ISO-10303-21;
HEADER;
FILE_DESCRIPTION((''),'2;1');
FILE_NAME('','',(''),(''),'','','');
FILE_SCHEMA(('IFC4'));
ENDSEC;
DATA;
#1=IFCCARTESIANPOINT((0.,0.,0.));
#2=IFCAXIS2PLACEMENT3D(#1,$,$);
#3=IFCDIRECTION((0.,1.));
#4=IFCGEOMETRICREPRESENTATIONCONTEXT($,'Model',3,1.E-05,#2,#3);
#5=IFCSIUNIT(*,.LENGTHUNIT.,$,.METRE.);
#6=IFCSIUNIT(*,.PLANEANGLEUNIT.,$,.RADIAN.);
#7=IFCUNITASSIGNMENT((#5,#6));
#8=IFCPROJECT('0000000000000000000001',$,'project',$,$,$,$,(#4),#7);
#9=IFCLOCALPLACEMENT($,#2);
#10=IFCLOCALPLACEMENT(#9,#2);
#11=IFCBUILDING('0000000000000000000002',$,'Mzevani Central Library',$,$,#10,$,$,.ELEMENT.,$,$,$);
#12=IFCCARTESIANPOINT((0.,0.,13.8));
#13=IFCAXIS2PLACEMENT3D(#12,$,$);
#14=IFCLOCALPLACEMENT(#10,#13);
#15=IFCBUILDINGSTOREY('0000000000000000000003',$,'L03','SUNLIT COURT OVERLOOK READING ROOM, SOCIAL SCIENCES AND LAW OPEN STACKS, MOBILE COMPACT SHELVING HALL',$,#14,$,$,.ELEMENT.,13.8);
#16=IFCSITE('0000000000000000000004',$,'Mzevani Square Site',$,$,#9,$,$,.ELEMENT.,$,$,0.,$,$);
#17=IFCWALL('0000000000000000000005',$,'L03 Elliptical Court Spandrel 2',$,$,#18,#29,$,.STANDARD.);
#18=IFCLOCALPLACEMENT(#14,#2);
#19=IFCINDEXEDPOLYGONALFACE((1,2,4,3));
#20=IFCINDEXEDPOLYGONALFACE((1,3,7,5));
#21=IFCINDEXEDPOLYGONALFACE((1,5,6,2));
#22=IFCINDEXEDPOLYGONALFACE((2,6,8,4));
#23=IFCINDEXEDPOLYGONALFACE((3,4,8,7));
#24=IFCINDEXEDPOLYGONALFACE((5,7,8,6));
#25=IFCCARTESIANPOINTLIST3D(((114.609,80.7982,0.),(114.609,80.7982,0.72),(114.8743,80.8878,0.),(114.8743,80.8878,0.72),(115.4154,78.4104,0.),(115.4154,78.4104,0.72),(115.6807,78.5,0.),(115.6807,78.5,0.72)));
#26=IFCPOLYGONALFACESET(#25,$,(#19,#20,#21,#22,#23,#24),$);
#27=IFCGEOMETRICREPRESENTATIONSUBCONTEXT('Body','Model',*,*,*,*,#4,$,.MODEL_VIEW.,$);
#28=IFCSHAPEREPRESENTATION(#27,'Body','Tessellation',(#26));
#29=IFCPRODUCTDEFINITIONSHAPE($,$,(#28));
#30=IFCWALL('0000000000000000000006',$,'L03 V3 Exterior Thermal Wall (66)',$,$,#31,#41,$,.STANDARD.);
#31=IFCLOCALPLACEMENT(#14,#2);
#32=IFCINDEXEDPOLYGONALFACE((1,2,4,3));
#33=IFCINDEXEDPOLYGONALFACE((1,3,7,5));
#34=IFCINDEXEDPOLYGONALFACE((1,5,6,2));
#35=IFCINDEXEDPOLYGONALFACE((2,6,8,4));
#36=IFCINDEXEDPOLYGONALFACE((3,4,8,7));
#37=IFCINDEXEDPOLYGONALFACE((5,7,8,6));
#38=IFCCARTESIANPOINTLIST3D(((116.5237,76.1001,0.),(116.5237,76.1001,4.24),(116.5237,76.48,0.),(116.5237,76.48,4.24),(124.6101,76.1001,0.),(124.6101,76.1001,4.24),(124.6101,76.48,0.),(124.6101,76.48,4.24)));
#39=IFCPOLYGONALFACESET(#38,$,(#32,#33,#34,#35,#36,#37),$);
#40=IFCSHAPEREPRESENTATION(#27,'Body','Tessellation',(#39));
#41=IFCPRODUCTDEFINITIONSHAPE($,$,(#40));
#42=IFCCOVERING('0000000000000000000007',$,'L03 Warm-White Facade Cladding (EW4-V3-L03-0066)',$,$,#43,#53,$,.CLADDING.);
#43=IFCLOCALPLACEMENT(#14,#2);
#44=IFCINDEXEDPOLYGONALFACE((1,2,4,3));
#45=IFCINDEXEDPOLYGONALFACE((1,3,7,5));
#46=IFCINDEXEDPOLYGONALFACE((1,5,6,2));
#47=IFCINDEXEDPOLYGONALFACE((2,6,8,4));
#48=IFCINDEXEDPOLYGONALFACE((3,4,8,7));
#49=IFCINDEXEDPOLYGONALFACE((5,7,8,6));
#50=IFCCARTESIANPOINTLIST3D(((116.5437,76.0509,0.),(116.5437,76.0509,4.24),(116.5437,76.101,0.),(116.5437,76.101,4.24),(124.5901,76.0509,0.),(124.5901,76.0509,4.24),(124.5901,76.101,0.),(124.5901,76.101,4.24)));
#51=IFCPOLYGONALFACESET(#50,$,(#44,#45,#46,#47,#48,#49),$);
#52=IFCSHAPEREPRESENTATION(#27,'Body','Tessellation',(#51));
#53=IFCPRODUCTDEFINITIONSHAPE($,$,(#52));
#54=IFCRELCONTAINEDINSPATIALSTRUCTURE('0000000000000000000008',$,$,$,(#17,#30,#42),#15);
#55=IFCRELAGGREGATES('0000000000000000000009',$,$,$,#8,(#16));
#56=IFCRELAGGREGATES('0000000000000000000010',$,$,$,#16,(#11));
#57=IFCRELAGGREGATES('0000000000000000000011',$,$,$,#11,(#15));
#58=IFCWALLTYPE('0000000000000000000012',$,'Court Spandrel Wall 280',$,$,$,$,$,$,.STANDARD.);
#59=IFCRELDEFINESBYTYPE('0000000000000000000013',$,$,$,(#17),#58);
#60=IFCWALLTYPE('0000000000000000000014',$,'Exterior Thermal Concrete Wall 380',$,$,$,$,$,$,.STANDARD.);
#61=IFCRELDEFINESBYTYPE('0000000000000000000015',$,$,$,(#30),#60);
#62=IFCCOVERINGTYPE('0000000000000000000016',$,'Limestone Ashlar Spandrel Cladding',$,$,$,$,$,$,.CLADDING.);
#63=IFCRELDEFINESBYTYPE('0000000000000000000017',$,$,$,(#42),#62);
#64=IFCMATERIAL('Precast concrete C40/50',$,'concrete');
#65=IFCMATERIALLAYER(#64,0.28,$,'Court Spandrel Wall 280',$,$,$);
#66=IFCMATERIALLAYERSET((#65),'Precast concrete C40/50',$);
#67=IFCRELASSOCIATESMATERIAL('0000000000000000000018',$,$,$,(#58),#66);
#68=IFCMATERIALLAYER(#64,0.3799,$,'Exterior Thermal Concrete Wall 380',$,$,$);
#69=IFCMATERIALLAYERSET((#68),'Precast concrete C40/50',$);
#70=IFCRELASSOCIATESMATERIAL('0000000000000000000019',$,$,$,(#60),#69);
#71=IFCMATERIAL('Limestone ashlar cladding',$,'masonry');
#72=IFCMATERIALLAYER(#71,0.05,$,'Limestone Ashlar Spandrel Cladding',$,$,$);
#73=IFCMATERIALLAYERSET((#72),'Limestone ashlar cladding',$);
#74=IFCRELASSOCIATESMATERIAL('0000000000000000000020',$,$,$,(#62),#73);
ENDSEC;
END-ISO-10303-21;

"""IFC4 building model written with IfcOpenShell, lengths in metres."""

from ifc_helpers import new_model, si_unit, direction, frame, frame_2d, origin, origin_2d, place, context, subcontext, project, spatial, rectangle, extrude, material, layer, layer_set, type_object, element, save


model = new_model("IFC4")

# Units and contexts
model_context = context("Model", 3, precision=1e-05, world=origin(), true_north=direction((0.0, 1.0)))
body_context = subcontext(model_context, "Body", "Model", "MODEL_VIEW")
ifc_project = project(units=[si_unit("LENGTHUNIT", "METRE"), si_unit("PLANEANGLEUNIT", "RADIAN")], contexts=[model_context])

# Site, building, storey
site_placement = place(None, origin())
site = spatial("IfcSite", under=ifc_project, at=site_placement, Name="Mzevani Square Site", CompositionType="ELEMENT", RefElevation=0.0)
building_placement = place(site_placement, origin())
building = spatial("IfcBuilding", under=site, at=building_placement, Name="Mzevani Central Library", CompositionType="ELEMENT")
storey_placement = place(building_placement, frame((0.0, 0.0, 13.8)))
storey = spatial("IfcBuildingStorey", under=building, at=storey_placement, Name="L03", Description="SUNLIT COURT OVERLOOK READING ROOM, SOCIAL SCIENCES AND LAW OPEN STACKS, MOBILE COMPACT SHELVING HALL", CompositionType="ELEMENT", Elevation=13.8)

# Walls
ifc_material_1 = material(Name="Precast concrete C40/50", Category="concrete")
ifc_layer_1 = layer(ifc_material_1, 0.28, Name="Court Spandrel Wall 280")
ifc_layer_set_1 = layer_set([ifc_layer_1], Name="Precast concrete C40/50")
wall_type_1 = type_object("IfcWallType", Name="Court Spandrel Wall 280", PredefinedType="STANDARD", material=ifc_layer_set_1)
wall_1_placement = place(storey_placement, frame((115.5481, 78.4551, 0.0), z_axis=(0.0, 0.0, 1.0), x_axis=(-0.319974, 0.947426, 0.0)))
element("IfcWall", 1, at=wall_1_placement, inside=storey, type_object=wall_type_1, Name="L03 Elliptical Court Spandrel 2", PredefinedType="STANDARD", context=body_context, shape_type="SweptSolid", body=[
    extrude(rectangle(XDim=2.5203, YDim=0.28, at=frame_2d((1.2603, 0.0))), origin(), (0.0, 0.0, 1.0), 0.72),
])
ifc_layer_2 = layer(ifc_material_1, 0.3799, Name="Exterior Thermal Concrete Wall 380")
ifc_layer_set_2 = layer_set([ifc_layer_2], Name="Precast concrete C40/50")
wall_type_2 = type_object("IfcWallType", Name="Exterior Thermal Concrete Wall 380", PredefinedType="STANDARD", material=ifc_layer_set_2)
wall_2_placement = place(storey_placement, frame((124.6101, 76.29, 0.0), z_axis=(0.0, 0.0, 1.0), x_axis=(-1.0, 0.0, 0.0)))
element("IfcWall", 2, at=wall_2_placement, inside=storey, type_object=wall_type_2, Name="L03 V3 Exterior Thermal Wall (66)", PredefinedType="STANDARD", context=body_context, shape_type="SweptSolid", body=[
    extrude(rectangle(XDim=8.0864, YDim=0.3799, at=frame_2d((4.0432, 0.0))), origin(), (0.0, 0.0, 1.0), 4.24),
])

# Covering
ifc_material_2 = material(Name="Limestone ashlar cladding", Category="masonry")
ifc_layer_3 = layer(ifc_material_2, 0.05, Name="Limestone Ashlar Spandrel Cladding")
ifc_layer_set_3 = layer_set([ifc_layer_3], Name="Limestone ashlar cladding")
covering_type = type_object("IfcCoveringType", Name="Limestone Ashlar Spandrel Cladding", PredefinedType="CLADDING", material=ifc_layer_set_3)
covering_placement = place(storey_placement, frame((120.5669, 76.0759, 0.0), z_axis=(0.0, 0.0, 1.0), x_axis=(-1.0, 0.0, 0.0)))
element("IfcCovering", 3, at=covering_placement, inside=storey, type_object=covering_type, Name="L03 Warm-White Facade Cladding (EW4-V3-L03-0066)", PredefinedType="CLADDING", context=body_context, shape_type="SweptSolid", body=[
    extrude(rectangle(XDim=8.0464, YDim=0.05, at=origin_2d()), origin(), (0.0, 0.0, 1.0), 4.24),
])

save(model, "model.ifc")
